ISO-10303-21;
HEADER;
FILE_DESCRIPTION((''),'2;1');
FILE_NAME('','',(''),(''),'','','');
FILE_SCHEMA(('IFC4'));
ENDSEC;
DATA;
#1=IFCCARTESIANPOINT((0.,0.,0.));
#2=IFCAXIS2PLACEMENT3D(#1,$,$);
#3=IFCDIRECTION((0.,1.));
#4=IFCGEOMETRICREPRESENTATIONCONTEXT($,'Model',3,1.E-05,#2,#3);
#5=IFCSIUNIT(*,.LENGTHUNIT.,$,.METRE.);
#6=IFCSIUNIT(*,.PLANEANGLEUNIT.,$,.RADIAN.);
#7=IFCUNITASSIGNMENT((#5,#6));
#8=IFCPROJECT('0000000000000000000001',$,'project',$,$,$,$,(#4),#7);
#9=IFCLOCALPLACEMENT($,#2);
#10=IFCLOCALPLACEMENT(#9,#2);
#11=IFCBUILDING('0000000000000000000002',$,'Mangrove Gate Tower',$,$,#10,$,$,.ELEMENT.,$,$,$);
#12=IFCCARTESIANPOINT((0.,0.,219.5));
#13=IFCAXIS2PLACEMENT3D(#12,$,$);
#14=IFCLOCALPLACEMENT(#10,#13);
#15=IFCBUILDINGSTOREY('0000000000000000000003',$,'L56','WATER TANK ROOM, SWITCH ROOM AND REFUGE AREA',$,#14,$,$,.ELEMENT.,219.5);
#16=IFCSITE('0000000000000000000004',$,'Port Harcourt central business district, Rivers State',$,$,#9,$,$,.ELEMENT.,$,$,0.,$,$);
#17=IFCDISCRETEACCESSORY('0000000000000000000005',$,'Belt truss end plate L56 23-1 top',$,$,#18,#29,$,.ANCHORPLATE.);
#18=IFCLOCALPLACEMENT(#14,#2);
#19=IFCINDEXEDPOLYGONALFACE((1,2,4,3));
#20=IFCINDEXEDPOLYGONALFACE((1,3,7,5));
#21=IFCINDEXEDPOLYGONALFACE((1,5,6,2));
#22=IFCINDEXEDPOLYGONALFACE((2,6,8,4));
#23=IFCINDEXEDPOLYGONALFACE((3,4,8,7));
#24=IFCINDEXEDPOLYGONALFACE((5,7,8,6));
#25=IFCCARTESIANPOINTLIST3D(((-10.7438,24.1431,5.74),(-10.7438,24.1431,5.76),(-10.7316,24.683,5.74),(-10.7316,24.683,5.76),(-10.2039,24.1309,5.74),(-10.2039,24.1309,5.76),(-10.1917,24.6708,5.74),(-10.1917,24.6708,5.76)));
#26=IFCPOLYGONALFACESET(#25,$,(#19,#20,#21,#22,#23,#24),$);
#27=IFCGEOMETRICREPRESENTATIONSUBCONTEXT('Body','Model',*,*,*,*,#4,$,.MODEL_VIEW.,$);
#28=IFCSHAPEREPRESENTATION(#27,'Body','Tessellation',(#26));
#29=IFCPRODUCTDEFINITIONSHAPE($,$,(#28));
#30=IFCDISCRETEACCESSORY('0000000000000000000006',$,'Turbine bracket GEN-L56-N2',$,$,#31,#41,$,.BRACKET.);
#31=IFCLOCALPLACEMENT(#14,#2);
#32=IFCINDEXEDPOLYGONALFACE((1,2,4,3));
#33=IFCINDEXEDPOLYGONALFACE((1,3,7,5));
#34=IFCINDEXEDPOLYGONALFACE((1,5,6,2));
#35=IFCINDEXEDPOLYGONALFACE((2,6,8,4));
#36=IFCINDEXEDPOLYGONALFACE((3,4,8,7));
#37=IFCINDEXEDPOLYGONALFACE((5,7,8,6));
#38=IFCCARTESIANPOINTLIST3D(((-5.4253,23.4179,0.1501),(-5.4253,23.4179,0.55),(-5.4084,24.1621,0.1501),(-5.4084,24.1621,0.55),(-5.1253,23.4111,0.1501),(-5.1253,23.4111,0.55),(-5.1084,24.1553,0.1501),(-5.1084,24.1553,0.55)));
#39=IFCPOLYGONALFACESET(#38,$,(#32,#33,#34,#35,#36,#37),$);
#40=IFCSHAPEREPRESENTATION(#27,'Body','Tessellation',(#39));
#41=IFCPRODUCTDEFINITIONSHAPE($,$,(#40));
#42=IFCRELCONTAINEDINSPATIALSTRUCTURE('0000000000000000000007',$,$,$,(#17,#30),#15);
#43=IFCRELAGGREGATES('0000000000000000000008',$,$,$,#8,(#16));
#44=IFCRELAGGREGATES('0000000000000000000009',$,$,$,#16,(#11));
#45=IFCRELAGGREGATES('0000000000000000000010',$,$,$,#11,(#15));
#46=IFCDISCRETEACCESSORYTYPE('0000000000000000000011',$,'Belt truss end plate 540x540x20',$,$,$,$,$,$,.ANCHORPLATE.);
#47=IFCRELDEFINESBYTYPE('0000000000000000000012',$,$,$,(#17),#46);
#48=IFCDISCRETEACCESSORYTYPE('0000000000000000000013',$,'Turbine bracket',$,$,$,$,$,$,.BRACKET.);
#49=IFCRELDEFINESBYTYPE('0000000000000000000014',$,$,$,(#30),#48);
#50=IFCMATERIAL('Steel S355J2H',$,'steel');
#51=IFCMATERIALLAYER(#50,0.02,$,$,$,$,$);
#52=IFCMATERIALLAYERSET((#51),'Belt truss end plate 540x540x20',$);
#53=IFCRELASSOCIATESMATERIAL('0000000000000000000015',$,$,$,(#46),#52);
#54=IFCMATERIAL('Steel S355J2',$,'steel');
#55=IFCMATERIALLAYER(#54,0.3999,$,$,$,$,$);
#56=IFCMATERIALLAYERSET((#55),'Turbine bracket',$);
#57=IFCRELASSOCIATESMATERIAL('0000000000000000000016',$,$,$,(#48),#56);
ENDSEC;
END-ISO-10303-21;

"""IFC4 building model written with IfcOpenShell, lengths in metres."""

from ifc_helpers import new_model, si_unit, direction, frame, origin, origin_2d, place, context, subcontext, project, spatial, rectangle, extrude, material, layer, layer_set, type_object, element, save


model = new_model("IFC4")

# Units and contexts
model_context = context("Model", 3, precision=1e-05, world=origin(), true_north=direction((0.0, 1.0)))
body_context = subcontext(model_context, "Body", "Model", "MODEL_VIEW")
ifc_project = project(units=[si_unit("LENGTHUNIT", "METRE"), si_unit("PLANEANGLEUNIT", "RADIAN")], contexts=[model_context])

# Site, building, storey
site_placement = place(None, origin())
site = spatial("IfcSite", under=ifc_project, at=site_placement, Name="Port Harcourt central business district, Rivers State", CompositionType="ELEMENT", RefElevation=0.0)
building_placement = place(site_placement, origin())
building = spatial("IfcBuilding", under=site, at=building_placement, Name="Mangrove Gate Tower", CompositionType="ELEMENT")
storey_placement = place(building_placement, frame((0.0, 0.0, 219.5)))
storey = spatial("IfcBuildingStorey", under=building, at=storey_placement, Name="L56", Description="WATER TANK ROOM, SWITCH ROOM AND REFUGE AREA", CompositionType="ELEMENT", Elevation=219.5)

# Discrete accessories
ifc_material_1 = material(Name="Steel S355J2H", Category="steel")
ifc_layer_1 = layer(ifc_material_1, 0.02)
ifc_layer_set_1 = layer_set([ifc_layer_1], Name="Belt truss end plate 540x540x20")
discrete_accessory_type_1 = type_object("IfcDiscreteAccessoryType", Name="Belt truss end plate 540x540x20", PredefinedType="ANCHORPLATE", material=ifc_layer_set_1)
for number, where, z_axis, x_axis, name in (
    (1, (-10.4678, 24.407, 5.74), (0.0, 0.0, 1.0), (-0.999745, 0.0226, 0.0), "Belt truss end plate L56 23-1 top"),
):
    element("IfcDiscreteAccessory", number, at=place(storey_placement, frame(where, z_axis=z_axis, x_axis=x_axis)), inside=storey, type_object=discrete_accessory_type_1, Name=name, PredefinedType="ANCHORPLATE", context=body_context, shape_type="SweptSolid", body=[
        extrude(rectangle(XDim=0.54, YDim=0.54, at=origin_2d()), origin(), (0.0, 0.0, 1.0), 0.02),
    ])
ifc_material_2 = material(Name="Steel S355J2", Category="steel")
ifc_layer_2 = layer(ifc_material_2, 0.3999)
ifc_layer_set_2 = layer_set([ifc_layer_2], Name="Turbine bracket")
discrete_accessory_type_2 = type_object("IfcDiscreteAccessoryType", Name="Turbine bracket", PredefinedType="BRACKET", material=ifc_layer_set_2)
discrete_accessory_placement = place(storey_placement, frame((-5.2668, 23.7866, 0.1501), z_axis=(0.0, 0.0, 1.0), x_axis=(-0.022741, -0.999741, 0.0)))
element("IfcDiscreteAccessory", 2, at=discrete_accessory_placement, inside=storey, type_object=discrete_accessory_type_2, Name="Turbine bracket GEN-L56-N2", PredefinedType="BRACKET", context=body_context, shape_type="SweptSolid", body=[
    extrude(rectangle(XDim=0.7444, YDim=0.3, at=origin_2d()), origin(), (0.0, 0.0, 1.0), 0.3999),
])

save(model, "model.ifc")
